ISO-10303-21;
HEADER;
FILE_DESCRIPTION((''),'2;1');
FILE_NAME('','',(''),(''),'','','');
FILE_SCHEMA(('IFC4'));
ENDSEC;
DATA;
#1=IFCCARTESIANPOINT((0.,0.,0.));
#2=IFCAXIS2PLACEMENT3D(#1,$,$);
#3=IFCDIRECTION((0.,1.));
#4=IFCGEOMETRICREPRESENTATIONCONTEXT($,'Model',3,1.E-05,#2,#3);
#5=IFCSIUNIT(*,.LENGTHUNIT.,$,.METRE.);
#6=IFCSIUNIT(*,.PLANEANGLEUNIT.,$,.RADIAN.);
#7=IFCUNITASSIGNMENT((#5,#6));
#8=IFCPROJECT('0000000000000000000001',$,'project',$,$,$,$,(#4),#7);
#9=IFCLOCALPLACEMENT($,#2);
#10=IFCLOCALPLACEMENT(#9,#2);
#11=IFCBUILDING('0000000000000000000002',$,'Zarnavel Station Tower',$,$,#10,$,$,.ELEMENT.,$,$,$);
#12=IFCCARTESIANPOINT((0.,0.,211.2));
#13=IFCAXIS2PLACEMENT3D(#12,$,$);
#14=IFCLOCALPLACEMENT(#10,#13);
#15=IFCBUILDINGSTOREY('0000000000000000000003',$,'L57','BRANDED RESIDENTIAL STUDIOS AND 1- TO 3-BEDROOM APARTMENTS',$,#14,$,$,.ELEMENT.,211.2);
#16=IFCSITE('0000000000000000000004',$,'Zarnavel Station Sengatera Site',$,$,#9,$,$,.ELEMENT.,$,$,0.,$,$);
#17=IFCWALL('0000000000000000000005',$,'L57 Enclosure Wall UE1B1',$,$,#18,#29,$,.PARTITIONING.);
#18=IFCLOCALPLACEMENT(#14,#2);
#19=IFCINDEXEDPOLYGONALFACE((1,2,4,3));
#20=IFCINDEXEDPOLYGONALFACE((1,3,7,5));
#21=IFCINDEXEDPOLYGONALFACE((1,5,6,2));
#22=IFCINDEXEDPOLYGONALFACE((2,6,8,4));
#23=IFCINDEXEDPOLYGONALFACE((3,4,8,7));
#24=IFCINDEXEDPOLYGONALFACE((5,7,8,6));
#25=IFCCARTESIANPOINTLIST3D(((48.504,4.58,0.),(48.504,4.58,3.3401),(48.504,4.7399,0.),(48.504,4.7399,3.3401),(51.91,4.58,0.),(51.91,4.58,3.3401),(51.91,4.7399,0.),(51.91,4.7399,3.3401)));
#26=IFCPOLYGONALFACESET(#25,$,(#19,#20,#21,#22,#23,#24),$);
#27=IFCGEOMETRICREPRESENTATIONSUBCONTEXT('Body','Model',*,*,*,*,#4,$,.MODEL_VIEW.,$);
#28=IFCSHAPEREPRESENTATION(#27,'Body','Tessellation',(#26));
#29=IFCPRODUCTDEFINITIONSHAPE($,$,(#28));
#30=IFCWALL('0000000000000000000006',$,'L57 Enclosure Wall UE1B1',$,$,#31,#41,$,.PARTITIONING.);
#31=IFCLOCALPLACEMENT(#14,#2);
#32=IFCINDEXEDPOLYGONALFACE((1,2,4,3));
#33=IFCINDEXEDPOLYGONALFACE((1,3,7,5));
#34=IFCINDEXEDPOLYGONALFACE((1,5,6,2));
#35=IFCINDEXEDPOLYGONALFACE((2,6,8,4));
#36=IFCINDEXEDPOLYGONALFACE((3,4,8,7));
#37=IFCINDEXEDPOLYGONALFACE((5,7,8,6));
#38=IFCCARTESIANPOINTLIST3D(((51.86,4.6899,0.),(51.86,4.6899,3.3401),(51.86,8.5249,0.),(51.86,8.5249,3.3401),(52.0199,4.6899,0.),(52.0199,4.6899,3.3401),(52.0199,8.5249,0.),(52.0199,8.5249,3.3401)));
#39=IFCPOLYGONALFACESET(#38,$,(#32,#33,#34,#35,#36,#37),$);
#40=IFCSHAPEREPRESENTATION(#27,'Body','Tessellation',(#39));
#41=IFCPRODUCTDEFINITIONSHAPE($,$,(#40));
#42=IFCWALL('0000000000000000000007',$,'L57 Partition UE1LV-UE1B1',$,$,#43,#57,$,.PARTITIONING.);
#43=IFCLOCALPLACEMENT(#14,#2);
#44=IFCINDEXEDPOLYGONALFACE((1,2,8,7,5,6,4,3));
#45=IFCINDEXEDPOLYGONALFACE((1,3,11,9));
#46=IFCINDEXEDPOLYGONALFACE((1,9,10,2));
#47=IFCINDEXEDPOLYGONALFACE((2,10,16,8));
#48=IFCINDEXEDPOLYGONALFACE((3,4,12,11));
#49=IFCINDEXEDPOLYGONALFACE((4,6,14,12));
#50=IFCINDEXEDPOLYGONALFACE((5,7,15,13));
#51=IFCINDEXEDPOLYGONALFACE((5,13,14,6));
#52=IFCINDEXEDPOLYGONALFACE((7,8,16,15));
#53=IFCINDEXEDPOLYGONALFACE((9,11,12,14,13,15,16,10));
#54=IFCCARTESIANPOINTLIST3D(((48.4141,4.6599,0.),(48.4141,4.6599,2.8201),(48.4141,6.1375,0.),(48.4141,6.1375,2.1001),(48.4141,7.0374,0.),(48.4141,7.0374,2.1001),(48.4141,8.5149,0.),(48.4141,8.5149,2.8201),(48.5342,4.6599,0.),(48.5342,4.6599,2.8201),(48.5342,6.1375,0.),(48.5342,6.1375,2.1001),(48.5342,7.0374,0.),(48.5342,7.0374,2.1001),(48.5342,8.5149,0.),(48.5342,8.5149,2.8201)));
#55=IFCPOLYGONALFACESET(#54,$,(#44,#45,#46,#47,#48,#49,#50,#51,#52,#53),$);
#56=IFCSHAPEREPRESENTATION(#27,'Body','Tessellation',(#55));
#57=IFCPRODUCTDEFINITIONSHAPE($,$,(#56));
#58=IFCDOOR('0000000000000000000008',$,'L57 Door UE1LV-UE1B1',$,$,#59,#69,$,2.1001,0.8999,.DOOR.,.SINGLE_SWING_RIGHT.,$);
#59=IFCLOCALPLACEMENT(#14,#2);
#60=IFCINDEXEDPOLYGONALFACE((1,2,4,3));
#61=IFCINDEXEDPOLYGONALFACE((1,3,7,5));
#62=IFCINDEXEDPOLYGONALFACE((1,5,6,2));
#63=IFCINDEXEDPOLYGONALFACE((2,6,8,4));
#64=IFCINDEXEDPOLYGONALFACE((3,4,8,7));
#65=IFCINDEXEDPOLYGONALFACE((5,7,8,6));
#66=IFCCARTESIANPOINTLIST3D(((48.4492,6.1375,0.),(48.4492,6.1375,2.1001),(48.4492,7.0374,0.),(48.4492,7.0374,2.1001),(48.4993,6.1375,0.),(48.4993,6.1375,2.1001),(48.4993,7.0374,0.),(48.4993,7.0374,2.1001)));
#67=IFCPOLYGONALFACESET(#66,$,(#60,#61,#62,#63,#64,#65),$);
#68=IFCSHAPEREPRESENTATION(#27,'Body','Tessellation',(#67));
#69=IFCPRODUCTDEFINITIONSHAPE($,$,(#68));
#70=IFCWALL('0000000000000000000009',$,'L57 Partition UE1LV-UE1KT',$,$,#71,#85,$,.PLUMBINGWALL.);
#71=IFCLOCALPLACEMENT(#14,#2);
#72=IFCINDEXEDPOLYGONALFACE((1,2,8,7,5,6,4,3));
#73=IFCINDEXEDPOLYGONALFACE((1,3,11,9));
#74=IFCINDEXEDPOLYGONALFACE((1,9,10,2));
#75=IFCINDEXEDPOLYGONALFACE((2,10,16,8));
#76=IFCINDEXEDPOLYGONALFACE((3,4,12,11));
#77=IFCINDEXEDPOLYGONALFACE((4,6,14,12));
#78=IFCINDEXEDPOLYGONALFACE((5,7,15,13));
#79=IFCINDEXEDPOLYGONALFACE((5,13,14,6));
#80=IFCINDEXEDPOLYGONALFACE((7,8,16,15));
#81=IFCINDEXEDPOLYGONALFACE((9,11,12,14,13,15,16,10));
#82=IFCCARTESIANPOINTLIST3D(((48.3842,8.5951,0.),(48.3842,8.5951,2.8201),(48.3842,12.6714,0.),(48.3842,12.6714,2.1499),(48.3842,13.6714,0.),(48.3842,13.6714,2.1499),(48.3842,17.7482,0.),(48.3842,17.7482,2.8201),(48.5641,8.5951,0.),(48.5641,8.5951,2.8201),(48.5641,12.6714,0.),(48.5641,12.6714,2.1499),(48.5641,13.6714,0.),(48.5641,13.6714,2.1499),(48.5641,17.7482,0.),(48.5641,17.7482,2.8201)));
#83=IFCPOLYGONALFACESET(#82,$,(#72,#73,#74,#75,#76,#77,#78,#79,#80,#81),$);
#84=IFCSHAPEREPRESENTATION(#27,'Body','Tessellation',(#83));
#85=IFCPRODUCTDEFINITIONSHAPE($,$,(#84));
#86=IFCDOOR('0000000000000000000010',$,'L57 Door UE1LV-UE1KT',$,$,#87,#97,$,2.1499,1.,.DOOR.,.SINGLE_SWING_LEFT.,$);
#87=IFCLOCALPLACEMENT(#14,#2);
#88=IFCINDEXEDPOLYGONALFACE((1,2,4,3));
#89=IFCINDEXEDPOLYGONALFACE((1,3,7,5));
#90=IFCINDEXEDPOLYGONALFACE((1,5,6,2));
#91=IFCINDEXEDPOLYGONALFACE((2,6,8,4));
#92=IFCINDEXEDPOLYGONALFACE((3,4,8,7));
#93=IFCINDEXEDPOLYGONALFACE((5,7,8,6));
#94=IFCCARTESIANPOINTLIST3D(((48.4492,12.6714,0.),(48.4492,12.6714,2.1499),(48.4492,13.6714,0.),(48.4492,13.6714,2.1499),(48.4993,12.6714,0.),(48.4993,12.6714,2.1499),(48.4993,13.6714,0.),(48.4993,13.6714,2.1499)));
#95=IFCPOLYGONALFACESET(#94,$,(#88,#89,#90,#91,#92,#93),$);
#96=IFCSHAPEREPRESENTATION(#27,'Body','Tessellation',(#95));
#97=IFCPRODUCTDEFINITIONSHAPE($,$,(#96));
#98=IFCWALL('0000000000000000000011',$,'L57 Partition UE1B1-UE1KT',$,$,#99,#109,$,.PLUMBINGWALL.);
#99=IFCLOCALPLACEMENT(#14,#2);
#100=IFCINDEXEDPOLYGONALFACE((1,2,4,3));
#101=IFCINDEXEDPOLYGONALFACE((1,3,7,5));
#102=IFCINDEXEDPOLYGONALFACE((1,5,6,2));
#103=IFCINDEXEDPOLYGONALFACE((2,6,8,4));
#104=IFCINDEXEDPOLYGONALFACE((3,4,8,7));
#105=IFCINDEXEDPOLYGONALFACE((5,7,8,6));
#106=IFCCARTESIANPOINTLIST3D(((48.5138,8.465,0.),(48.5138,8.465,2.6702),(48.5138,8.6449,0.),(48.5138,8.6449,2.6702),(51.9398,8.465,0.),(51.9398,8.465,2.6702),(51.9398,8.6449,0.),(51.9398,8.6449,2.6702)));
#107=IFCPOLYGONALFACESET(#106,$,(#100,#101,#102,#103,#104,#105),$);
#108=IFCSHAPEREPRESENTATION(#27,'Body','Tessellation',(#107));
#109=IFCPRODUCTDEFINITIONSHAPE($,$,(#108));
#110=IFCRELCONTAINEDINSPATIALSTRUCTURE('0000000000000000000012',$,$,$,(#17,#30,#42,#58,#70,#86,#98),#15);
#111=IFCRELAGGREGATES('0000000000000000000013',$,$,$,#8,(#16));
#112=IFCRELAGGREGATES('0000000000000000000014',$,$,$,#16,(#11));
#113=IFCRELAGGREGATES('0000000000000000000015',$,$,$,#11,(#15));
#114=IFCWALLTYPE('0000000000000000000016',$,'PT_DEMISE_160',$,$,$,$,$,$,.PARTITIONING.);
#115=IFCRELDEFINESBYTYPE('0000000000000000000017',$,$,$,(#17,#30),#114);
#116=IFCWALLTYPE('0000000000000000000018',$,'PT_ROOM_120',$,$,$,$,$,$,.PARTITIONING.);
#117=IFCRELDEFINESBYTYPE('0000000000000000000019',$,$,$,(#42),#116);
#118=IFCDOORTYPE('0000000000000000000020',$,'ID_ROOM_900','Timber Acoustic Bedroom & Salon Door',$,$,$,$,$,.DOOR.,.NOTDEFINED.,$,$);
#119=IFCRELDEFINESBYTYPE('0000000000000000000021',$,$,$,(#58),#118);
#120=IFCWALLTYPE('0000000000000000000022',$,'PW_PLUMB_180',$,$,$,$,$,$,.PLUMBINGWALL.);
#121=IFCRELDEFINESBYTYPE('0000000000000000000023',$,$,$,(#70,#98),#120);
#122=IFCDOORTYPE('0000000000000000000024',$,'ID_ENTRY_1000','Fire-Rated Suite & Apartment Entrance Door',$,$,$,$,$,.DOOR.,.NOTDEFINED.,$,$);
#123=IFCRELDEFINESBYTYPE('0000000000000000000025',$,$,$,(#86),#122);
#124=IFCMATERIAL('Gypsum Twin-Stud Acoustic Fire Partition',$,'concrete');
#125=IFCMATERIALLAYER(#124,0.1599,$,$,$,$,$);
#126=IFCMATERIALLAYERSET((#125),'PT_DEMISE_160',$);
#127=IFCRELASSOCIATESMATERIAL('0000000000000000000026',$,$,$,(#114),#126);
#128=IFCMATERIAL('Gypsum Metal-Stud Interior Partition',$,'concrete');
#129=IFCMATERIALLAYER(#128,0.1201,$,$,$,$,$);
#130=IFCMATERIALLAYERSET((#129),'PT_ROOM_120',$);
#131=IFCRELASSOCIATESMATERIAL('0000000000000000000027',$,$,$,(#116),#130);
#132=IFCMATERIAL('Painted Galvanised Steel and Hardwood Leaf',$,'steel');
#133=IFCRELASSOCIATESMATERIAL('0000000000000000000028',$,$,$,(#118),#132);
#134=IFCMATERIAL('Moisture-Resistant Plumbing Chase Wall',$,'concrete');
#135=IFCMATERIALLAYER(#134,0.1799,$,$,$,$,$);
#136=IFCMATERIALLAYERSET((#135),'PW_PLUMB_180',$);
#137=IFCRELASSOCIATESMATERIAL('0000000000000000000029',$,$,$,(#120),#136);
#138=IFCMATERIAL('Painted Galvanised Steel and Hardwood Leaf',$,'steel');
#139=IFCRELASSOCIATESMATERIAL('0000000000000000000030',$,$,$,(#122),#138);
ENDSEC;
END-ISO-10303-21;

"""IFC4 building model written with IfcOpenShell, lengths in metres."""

from ifc_helpers import new_model, si_unit, direction, frame, frame_2d, origin, place, context, subcontext, project, spatial, rectangle, extrude, material, layer, layer_set, type_object, element, fill, save


model = new_model("IFC4")

# Units and contexts
model_context = context("Model", 3, precision=1e-05, world=origin(), true_north=direction((0.0, 1.0)))
body_context = subcontext(model_context, "Body", "Model", "MODEL_VIEW")
ifc_project = project(units=[si_unit("LENGTHUNIT", "METRE"), si_unit("PLANEANGLEUNIT", "RADIAN")], contexts=[model_context])

# Site, building, storey
site_placement = place(None, origin())
site = spatial("IfcSite", under=ifc_project, at=site_placement, Name="Zarnavel Station Sengatera Site", CompositionType="ELEMENT", RefElevation=0.0)
building_placement = place(site_placement, origin())
building = spatial("IfcBuilding", under=site, at=building_placement, Name="Zarnavel Station Tower", CompositionType="ELEMENT")
storey_placement = place(building_placement, frame((0.0, 0.0, 211.2)))
storey = spatial("IfcBuildingStorey", under=building, at=storey_placement, Name="L57", Description="BRANDED RESIDENTIAL STUDIOS AND 1- TO 3-BEDROOM APARTMENTS", CompositionType="ELEMENT", Elevation=211.2)

# Walls
ifc_material_1 = material(Name="Gypsum Twin-Stud Acoustic Fire Partition", Category="concrete")
ifc_layer_1 = layer(ifc_material_1, 0.1599)
ifc_layer_set_1 = layer_set([ifc_layer_1], Name="PT_DEMISE_160")
wall_type_1 = type_object("IfcWallType", Name="PT_DEMISE_160", PredefinedType="PARTITIONING", material=ifc_layer_set_1)
wall_1_placement = place(storey_placement, frame((48.5039, 4.6599, 0.0), z_axis=(0.0, 0.0, 1.0), x_axis=(1.0, 0.0, 0.0)))
element("IfcWall", 1, at=wall_1_placement, inside=storey, type_object=wall_type_1, Name="L57 Enclosure Wall UE1B1", PredefinedType="PARTITIONING", context=body_context, shape_type="SweptSolid", body=[
    extrude(rectangle(XDim=3.406, YDim=0.1599, at=frame_2d((1.7031, 0.0))), origin(), (0.0, 0.0, 1.0), 3.3401),
])
wall_2_placement = place(storey_placement, frame((51.9399, 4.6899, 0.0), z_axis=(0.0, 0.0, 1.0), x_axis=(0.0, 1.0, 0.0)))
element("IfcWall", 2, at=wall_2_placement, inside=storey, type_object=wall_type_1, Name="L57 Enclosure Wall UE1B1", PredefinedType="PARTITIONING", context=body_context, shape_type="SweptSolid", body=[
    extrude(rectangle(XDim=3.835, YDim=0.1599, at=frame_2d((1.9175, 0.0))), origin(), (0.0, 0.0, 1.0), 3.3401),
])

# Walls, openings, doors
ifc_material_2 = material(Name="Gypsum Metal-Stud Interior Partition", Category="concrete")
ifc_layer_2 = layer(ifc_material_2, 0.1201)
ifc_layer_set_2 = layer_set([ifc_layer_2], Name="PT_ROOM_120")
wall_type_2 = type_object("IfcWallType", Name="PT_ROOM_120", PredefinedType="PARTITIONING", material=ifc_layer_set_2)
wall_3_placement = place(storey_placement, frame((48.4741, 4.6599, 0.0), z_axis=(0.0, 0.0, 1.0), x_axis=(0.0, 1.0, 0.0)))
wall_3 = element("IfcWall", 3, at=wall_3_placement, inside=storey, type_object=wall_type_2, Name="L57 Partition UE1LV-UE1B1", PredefinedType="PARTITIONING", context=body_context, shape_type="SweptSolid", body=[
    extrude(rectangle(XDim=3.855, YDim=0.1201, at=frame_2d((1.9275, 0.0))), origin(), (0.0, 0.0, 1.0), 2.8201),
])
opening_1_placement = place(wall_3_placement, frame((1.4775, 0.0, 0.0)))
opening_1 = element("IfcOpeningElement", 4, at=opening_1_placement, cuts=wall_3, PredefinedType="OPENING", context=body_context, shape_type="SweptSolid", body=[
    extrude(rectangle(XDim=0.8999, YDim=2.1001, at=frame_2d((0.45, 1.05))), frame((0.0, 0.0701, 0.0), z_axis=(0.0, -1.0, 0.0), x_axis=(1.0, 0.0, 0.0)), (0.0, 0.0, 1.0), 0.1401),
])
ifc_material_3 = material(Name="Painted Galvanised Steel and Hardwood Leaf", Category="steel")
door_type_1 = type_object("IfcDoorType", Name="ID_ROOM_900", Description="Timber Acoustic Bedroom & Salon Door", OperationType="NOTDEFINED", PredefinedType="DOOR", material=ifc_material_3)
door_1_placement = place(opening_1_placement, origin())
door_1 = element("IfcDoor", 5, at=door_1_placement, inside=storey, type_object=door_type_1, Name="L57 Door UE1LV-UE1B1", OperationType="SINGLE_SWING_RIGHT", OverallHeight=2.1001, OverallWidth=0.8999, PredefinedType="DOOR", context=body_context, shape_type="SweptSolid", body=[
    extrude(rectangle(XDim=0.8999, YDim=2.1001, at=frame_2d((0.45, 1.05))), frame((0.0, 0.0249, 0.0), z_axis=(0.0, -1.0, 0.0), x_axis=(1.0, 0.0, 0.0)), (0.0, 0.0, 1.0), 0.05),
])
fill(opening_1, door_1)
ifc_material_4 = material(Name="Moisture-Resistant Plumbing Chase Wall", Category="concrete")
ifc_layer_3 = layer(ifc_material_4, 0.1799)
ifc_layer_set_3 = layer_set([ifc_layer_3], Name="PW_PLUMB_180")
wall_type_3 = type_object("IfcWallType", Name="PW_PLUMB_180", PredefinedType="PLUMBINGWALL", material=ifc_layer_set_3)
wall_4_placement = place(storey_placement, frame((48.4741, 8.595, 0.0), z_axis=(0.0, 0.0, 1.0), x_axis=(0.0, 1.0, 0.0)))
wall_4 = element("IfcWall", 6, at=wall_4_placement, inside=storey, type_object=wall_type_3, Name="L57 Partition UE1LV-UE1KT", PredefinedType="PLUMBINGWALL", context=body_context, shape_type="SweptSolid", body=[
    extrude(rectangle(XDim=9.1531, YDim=0.1799, at=frame_2d((4.5767, 0.0))), origin(), (0.0, 0.0, 1.0), 2.8201),
])
opening_2_placement = place(wall_4_placement, frame((4.0764, 0.0, 0.0)))
opening_2 = element("IfcOpeningElement", 7, at=opening_2_placement, cuts=wall_4, PredefinedType="OPENING", context=body_context, shape_type="SweptSolid", body=[
    extrude(rectangle(XDim=1.0, YDim=2.1499, at=frame_2d((0.5, 1.075))), frame((0.0, 0.0999, 0.0), z_axis=(0.0, -1.0, 0.0), x_axis=(1.0, 0.0, 0.0)), (0.0, 0.0, 1.0), 0.2),
])
ifc_material_5 = material(Name="Painted Galvanised Steel and Hardwood Leaf", Category="steel")
door_type_2 = type_object("IfcDoorType", Name="ID_ENTRY_1000", Description="Fire-Rated Suite & Apartment Entrance Door", OperationType="NOTDEFINED", PredefinedType="DOOR", material=ifc_material_5)
door_2_placement = place(opening_2_placement, origin())
door_2 = element("IfcDoor", 8, at=door_2_placement, inside=storey, type_object=door_type_2, Name="L57 Door UE1LV-UE1KT", OperationType="SINGLE_SWING_LEFT", OverallHeight=2.1499, OverallWidth=1.0, PredefinedType="DOOR", context=body_context, shape_type="SweptSolid", body=[
    extrude(rectangle(XDim=1.0, YDim=2.1499, at=frame_2d((0.5, 1.075))), frame((0.0, 0.0249, 0.0), z_axis=(0.0, -1.0, 0.0), x_axis=(1.0, 0.0, 0.0)), (0.0, 0.0, 1.0), 0.05),
])
fill(opening_2, door_2)

# Wall
wall_5_placement = place(storey_placement, frame((48.5139, 8.5549, 0.0), z_axis=(0.0, 0.0, 1.0), x_axis=(1.0, 0.0, 0.0)))
element("IfcWall", 9, at=wall_5_placement, inside=storey, type_object=wall_type_3, Name="L57 Partition UE1B1-UE1KT", PredefinedType="PLUMBINGWALL", context=body_context, shape_type="SweptSolid", body=[
    extrude(rectangle(XDim=3.426, YDim=0.1799, at=frame_2d((1.7129, 0.0))), origin(), (0.0, 0.0, 1.0), 2.6702),
])

save(model, "model.ifc")
